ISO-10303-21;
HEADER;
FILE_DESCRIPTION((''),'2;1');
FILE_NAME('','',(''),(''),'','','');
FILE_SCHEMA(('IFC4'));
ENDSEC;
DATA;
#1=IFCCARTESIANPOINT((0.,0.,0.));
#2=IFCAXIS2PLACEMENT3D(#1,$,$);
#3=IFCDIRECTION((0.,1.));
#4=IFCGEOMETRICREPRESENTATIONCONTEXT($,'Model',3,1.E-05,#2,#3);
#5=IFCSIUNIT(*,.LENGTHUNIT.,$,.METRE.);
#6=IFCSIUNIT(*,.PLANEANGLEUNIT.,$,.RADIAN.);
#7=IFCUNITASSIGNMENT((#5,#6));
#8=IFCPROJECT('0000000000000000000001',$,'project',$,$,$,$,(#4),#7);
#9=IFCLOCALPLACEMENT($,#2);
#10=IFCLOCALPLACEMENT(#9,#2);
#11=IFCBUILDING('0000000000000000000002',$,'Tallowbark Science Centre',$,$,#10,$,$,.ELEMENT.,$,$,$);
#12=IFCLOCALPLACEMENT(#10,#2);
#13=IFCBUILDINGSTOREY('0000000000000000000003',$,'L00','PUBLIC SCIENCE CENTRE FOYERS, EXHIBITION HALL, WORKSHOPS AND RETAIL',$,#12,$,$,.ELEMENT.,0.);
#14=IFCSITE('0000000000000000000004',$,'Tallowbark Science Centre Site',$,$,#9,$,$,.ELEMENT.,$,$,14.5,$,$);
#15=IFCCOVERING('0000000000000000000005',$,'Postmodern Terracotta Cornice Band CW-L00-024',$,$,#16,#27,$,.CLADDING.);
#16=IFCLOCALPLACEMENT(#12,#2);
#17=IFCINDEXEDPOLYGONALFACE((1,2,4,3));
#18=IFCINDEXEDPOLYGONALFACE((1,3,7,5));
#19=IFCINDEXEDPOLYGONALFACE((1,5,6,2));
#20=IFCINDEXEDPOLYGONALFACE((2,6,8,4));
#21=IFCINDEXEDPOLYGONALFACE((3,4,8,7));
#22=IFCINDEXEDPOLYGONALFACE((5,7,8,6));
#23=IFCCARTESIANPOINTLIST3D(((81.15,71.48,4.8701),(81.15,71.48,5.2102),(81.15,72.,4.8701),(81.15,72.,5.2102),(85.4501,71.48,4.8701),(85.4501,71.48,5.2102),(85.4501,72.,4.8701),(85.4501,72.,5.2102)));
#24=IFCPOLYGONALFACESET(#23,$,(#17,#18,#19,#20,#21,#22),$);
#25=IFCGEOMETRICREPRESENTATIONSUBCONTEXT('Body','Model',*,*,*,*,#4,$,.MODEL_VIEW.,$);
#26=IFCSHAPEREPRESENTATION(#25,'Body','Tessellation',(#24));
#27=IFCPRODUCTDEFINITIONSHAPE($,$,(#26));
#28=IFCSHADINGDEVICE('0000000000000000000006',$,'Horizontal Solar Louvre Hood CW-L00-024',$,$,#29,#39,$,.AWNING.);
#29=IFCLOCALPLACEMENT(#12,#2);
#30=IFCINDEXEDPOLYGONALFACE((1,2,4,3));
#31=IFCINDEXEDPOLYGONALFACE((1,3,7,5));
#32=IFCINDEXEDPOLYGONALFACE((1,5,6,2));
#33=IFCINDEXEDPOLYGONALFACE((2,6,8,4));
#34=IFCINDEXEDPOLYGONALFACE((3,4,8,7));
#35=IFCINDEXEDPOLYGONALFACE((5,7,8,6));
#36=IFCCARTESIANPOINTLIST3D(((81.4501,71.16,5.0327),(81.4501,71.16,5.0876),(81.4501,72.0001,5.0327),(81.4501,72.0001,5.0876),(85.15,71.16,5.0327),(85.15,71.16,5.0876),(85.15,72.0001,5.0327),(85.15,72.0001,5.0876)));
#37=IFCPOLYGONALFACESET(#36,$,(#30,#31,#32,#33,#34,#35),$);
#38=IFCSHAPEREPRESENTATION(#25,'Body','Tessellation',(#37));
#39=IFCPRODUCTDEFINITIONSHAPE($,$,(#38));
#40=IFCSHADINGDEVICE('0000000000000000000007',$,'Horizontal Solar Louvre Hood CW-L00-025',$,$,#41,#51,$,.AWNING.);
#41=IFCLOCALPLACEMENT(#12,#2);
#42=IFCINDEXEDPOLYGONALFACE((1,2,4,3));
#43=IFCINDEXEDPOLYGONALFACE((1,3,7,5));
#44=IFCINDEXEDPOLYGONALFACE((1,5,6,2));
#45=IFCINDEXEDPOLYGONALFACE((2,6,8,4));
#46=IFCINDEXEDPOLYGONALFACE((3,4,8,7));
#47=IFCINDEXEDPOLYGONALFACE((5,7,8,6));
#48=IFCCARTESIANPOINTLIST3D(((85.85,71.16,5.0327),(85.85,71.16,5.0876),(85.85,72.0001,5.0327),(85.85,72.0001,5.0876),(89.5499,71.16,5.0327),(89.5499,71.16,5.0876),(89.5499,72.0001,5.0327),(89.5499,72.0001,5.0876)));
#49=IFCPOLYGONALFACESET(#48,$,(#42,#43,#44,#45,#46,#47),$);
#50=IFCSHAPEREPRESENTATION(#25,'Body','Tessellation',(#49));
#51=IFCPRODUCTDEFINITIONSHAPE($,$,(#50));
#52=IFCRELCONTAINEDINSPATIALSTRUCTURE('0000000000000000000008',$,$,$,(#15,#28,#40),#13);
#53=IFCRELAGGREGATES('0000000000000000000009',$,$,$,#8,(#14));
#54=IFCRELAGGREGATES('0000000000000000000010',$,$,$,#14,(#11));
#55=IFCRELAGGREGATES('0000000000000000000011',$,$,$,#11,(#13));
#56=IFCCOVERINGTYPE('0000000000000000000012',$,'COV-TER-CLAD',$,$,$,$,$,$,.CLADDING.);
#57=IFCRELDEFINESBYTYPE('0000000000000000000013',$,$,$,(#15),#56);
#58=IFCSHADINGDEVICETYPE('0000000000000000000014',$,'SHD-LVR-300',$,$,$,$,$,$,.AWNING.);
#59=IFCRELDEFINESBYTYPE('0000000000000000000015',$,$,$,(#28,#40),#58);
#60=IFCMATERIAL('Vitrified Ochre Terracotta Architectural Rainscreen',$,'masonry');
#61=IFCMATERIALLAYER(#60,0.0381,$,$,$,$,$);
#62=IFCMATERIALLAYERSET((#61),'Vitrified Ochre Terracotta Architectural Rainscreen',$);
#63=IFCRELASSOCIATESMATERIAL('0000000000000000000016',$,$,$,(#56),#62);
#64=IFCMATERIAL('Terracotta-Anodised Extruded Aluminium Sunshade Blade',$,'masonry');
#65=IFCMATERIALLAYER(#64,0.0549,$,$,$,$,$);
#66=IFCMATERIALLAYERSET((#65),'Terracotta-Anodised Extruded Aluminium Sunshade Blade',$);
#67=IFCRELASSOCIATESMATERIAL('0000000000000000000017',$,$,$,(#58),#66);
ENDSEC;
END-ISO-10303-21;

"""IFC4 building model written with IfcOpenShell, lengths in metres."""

from ifc_helpers import new_model, si_unit, direction, frame, origin, origin_2d, place, context, subcontext, project, spatial, rectangle, extrude, material, layer, layer_set, type_object, element, save


model = new_model("IFC4")

# Units and contexts
model_context = context("Model", 3, precision=1e-05, world=origin(), true_north=direction((0.0, 1.0)))
body_context = subcontext(model_context, "Body", "Model", "MODEL_VIEW")
ifc_project = project(units=[si_unit("LENGTHUNIT", "METRE"), si_unit("PLANEANGLEUNIT", "RADIAN")], contexts=[model_context])

# Site, building, storey
site_placement = place(None, origin())
site = spatial("IfcSite", under=ifc_project, at=site_placement, Name="Tallowbark Science Centre Site", CompositionType="ELEMENT", RefElevation=14.5)
building_placement = place(site_placement, origin())
building = spatial("IfcBuilding", under=site, at=building_placement, Name="Tallowbark Science Centre", CompositionType="ELEMENT")
storey_placement = place(building_placement, origin())
storey = spatial("IfcBuildingStorey", under=building, at=storey_placement, Name="L00", Description="PUBLIC SCIENCE CENTRE FOYERS, EXHIBITION HALL, WORKSHOPS AND RETAIL", CompositionType="ELEMENT", Elevation=0.0)

# Covering
ifc_material_1 = material(Name="Vitrified Ochre Terracotta Architectural Rainscreen", Category="masonry")
ifc_layer_1 = layer(ifc_material_1, 0.0381)
ifc_layer_set_1 = layer_set([ifc_layer_1], Name="Vitrified Ochre Terracotta Architectural Rainscreen")
covering_type_1 = type_object("IfcCoveringType", Name="COV-TER-CLAD", PredefinedType="CLADDING", material=ifc_layer_set_1)
covering_placement = place(storey_placement, frame((83.3, 71.74, 4.8701), z_axis=(0.0, 0.0, 1.0), x_axis=(1.0, 0.0, 0.0)))
element("IfcCovering", 1, at=covering_placement, inside=storey, type_object=covering_type_1, Name="Postmodern Terracotta Cornice Band CW-L00-024", PredefinedType="CLADDING", context=body_context, shape_type="SweptSolid", body=[
    extrude(rectangle(XDim=4.3, YDim=0.52, at=origin_2d()), origin(), (0.0, 0.0, 1.0), 0.3401),
])

# Shading devices
ifc_material_2 = material(Name="Terracotta-Anodised Extruded Aluminium Sunshade Blade", Category="masonry")
ifc_layer_2 = layer(ifc_material_2, 0.0549)
ifc_layer_set_2 = layer_set([ifc_layer_2], Name="Terracotta-Anodised Extruded Aluminium Sunshade Blade")
shading_device_type = type_object("IfcShadingDeviceType", Name="SHD-LVR-300", PredefinedType="AWNING", material=ifc_layer_set_2)
for number, where, z_axis, x_axis, name in (
    (2, (83.3, 71.5801, 5.0327), (0.0, 0.0, 1.0), (1.0, 0.0, 0.0), "Horizontal Solar Louvre Hood CW-L00-024"),
    (3, (87.7, 71.5801, 5.0327), (0.0, 0.0, 1.0), (1.0, 0.0, 0.0), "Horizontal Solar Louvre Hood CW-L00-025"),
):
    element("IfcShadingDevice", number, at=place(storey_placement, frame(where, z_axis=z_axis, x_axis=x_axis)), inside=storey, type_object=shading_device_type, Name=name, PredefinedType="AWNING", context=body_context, shape_type="SweptSolid", body=[
        extrude(rectangle(XDim=3.7, YDim=0.8401, at=origin_2d()), origin(), (0.0, 0.0, 1.0), 0.0549),
    ])

save(model, "model.ifc")
